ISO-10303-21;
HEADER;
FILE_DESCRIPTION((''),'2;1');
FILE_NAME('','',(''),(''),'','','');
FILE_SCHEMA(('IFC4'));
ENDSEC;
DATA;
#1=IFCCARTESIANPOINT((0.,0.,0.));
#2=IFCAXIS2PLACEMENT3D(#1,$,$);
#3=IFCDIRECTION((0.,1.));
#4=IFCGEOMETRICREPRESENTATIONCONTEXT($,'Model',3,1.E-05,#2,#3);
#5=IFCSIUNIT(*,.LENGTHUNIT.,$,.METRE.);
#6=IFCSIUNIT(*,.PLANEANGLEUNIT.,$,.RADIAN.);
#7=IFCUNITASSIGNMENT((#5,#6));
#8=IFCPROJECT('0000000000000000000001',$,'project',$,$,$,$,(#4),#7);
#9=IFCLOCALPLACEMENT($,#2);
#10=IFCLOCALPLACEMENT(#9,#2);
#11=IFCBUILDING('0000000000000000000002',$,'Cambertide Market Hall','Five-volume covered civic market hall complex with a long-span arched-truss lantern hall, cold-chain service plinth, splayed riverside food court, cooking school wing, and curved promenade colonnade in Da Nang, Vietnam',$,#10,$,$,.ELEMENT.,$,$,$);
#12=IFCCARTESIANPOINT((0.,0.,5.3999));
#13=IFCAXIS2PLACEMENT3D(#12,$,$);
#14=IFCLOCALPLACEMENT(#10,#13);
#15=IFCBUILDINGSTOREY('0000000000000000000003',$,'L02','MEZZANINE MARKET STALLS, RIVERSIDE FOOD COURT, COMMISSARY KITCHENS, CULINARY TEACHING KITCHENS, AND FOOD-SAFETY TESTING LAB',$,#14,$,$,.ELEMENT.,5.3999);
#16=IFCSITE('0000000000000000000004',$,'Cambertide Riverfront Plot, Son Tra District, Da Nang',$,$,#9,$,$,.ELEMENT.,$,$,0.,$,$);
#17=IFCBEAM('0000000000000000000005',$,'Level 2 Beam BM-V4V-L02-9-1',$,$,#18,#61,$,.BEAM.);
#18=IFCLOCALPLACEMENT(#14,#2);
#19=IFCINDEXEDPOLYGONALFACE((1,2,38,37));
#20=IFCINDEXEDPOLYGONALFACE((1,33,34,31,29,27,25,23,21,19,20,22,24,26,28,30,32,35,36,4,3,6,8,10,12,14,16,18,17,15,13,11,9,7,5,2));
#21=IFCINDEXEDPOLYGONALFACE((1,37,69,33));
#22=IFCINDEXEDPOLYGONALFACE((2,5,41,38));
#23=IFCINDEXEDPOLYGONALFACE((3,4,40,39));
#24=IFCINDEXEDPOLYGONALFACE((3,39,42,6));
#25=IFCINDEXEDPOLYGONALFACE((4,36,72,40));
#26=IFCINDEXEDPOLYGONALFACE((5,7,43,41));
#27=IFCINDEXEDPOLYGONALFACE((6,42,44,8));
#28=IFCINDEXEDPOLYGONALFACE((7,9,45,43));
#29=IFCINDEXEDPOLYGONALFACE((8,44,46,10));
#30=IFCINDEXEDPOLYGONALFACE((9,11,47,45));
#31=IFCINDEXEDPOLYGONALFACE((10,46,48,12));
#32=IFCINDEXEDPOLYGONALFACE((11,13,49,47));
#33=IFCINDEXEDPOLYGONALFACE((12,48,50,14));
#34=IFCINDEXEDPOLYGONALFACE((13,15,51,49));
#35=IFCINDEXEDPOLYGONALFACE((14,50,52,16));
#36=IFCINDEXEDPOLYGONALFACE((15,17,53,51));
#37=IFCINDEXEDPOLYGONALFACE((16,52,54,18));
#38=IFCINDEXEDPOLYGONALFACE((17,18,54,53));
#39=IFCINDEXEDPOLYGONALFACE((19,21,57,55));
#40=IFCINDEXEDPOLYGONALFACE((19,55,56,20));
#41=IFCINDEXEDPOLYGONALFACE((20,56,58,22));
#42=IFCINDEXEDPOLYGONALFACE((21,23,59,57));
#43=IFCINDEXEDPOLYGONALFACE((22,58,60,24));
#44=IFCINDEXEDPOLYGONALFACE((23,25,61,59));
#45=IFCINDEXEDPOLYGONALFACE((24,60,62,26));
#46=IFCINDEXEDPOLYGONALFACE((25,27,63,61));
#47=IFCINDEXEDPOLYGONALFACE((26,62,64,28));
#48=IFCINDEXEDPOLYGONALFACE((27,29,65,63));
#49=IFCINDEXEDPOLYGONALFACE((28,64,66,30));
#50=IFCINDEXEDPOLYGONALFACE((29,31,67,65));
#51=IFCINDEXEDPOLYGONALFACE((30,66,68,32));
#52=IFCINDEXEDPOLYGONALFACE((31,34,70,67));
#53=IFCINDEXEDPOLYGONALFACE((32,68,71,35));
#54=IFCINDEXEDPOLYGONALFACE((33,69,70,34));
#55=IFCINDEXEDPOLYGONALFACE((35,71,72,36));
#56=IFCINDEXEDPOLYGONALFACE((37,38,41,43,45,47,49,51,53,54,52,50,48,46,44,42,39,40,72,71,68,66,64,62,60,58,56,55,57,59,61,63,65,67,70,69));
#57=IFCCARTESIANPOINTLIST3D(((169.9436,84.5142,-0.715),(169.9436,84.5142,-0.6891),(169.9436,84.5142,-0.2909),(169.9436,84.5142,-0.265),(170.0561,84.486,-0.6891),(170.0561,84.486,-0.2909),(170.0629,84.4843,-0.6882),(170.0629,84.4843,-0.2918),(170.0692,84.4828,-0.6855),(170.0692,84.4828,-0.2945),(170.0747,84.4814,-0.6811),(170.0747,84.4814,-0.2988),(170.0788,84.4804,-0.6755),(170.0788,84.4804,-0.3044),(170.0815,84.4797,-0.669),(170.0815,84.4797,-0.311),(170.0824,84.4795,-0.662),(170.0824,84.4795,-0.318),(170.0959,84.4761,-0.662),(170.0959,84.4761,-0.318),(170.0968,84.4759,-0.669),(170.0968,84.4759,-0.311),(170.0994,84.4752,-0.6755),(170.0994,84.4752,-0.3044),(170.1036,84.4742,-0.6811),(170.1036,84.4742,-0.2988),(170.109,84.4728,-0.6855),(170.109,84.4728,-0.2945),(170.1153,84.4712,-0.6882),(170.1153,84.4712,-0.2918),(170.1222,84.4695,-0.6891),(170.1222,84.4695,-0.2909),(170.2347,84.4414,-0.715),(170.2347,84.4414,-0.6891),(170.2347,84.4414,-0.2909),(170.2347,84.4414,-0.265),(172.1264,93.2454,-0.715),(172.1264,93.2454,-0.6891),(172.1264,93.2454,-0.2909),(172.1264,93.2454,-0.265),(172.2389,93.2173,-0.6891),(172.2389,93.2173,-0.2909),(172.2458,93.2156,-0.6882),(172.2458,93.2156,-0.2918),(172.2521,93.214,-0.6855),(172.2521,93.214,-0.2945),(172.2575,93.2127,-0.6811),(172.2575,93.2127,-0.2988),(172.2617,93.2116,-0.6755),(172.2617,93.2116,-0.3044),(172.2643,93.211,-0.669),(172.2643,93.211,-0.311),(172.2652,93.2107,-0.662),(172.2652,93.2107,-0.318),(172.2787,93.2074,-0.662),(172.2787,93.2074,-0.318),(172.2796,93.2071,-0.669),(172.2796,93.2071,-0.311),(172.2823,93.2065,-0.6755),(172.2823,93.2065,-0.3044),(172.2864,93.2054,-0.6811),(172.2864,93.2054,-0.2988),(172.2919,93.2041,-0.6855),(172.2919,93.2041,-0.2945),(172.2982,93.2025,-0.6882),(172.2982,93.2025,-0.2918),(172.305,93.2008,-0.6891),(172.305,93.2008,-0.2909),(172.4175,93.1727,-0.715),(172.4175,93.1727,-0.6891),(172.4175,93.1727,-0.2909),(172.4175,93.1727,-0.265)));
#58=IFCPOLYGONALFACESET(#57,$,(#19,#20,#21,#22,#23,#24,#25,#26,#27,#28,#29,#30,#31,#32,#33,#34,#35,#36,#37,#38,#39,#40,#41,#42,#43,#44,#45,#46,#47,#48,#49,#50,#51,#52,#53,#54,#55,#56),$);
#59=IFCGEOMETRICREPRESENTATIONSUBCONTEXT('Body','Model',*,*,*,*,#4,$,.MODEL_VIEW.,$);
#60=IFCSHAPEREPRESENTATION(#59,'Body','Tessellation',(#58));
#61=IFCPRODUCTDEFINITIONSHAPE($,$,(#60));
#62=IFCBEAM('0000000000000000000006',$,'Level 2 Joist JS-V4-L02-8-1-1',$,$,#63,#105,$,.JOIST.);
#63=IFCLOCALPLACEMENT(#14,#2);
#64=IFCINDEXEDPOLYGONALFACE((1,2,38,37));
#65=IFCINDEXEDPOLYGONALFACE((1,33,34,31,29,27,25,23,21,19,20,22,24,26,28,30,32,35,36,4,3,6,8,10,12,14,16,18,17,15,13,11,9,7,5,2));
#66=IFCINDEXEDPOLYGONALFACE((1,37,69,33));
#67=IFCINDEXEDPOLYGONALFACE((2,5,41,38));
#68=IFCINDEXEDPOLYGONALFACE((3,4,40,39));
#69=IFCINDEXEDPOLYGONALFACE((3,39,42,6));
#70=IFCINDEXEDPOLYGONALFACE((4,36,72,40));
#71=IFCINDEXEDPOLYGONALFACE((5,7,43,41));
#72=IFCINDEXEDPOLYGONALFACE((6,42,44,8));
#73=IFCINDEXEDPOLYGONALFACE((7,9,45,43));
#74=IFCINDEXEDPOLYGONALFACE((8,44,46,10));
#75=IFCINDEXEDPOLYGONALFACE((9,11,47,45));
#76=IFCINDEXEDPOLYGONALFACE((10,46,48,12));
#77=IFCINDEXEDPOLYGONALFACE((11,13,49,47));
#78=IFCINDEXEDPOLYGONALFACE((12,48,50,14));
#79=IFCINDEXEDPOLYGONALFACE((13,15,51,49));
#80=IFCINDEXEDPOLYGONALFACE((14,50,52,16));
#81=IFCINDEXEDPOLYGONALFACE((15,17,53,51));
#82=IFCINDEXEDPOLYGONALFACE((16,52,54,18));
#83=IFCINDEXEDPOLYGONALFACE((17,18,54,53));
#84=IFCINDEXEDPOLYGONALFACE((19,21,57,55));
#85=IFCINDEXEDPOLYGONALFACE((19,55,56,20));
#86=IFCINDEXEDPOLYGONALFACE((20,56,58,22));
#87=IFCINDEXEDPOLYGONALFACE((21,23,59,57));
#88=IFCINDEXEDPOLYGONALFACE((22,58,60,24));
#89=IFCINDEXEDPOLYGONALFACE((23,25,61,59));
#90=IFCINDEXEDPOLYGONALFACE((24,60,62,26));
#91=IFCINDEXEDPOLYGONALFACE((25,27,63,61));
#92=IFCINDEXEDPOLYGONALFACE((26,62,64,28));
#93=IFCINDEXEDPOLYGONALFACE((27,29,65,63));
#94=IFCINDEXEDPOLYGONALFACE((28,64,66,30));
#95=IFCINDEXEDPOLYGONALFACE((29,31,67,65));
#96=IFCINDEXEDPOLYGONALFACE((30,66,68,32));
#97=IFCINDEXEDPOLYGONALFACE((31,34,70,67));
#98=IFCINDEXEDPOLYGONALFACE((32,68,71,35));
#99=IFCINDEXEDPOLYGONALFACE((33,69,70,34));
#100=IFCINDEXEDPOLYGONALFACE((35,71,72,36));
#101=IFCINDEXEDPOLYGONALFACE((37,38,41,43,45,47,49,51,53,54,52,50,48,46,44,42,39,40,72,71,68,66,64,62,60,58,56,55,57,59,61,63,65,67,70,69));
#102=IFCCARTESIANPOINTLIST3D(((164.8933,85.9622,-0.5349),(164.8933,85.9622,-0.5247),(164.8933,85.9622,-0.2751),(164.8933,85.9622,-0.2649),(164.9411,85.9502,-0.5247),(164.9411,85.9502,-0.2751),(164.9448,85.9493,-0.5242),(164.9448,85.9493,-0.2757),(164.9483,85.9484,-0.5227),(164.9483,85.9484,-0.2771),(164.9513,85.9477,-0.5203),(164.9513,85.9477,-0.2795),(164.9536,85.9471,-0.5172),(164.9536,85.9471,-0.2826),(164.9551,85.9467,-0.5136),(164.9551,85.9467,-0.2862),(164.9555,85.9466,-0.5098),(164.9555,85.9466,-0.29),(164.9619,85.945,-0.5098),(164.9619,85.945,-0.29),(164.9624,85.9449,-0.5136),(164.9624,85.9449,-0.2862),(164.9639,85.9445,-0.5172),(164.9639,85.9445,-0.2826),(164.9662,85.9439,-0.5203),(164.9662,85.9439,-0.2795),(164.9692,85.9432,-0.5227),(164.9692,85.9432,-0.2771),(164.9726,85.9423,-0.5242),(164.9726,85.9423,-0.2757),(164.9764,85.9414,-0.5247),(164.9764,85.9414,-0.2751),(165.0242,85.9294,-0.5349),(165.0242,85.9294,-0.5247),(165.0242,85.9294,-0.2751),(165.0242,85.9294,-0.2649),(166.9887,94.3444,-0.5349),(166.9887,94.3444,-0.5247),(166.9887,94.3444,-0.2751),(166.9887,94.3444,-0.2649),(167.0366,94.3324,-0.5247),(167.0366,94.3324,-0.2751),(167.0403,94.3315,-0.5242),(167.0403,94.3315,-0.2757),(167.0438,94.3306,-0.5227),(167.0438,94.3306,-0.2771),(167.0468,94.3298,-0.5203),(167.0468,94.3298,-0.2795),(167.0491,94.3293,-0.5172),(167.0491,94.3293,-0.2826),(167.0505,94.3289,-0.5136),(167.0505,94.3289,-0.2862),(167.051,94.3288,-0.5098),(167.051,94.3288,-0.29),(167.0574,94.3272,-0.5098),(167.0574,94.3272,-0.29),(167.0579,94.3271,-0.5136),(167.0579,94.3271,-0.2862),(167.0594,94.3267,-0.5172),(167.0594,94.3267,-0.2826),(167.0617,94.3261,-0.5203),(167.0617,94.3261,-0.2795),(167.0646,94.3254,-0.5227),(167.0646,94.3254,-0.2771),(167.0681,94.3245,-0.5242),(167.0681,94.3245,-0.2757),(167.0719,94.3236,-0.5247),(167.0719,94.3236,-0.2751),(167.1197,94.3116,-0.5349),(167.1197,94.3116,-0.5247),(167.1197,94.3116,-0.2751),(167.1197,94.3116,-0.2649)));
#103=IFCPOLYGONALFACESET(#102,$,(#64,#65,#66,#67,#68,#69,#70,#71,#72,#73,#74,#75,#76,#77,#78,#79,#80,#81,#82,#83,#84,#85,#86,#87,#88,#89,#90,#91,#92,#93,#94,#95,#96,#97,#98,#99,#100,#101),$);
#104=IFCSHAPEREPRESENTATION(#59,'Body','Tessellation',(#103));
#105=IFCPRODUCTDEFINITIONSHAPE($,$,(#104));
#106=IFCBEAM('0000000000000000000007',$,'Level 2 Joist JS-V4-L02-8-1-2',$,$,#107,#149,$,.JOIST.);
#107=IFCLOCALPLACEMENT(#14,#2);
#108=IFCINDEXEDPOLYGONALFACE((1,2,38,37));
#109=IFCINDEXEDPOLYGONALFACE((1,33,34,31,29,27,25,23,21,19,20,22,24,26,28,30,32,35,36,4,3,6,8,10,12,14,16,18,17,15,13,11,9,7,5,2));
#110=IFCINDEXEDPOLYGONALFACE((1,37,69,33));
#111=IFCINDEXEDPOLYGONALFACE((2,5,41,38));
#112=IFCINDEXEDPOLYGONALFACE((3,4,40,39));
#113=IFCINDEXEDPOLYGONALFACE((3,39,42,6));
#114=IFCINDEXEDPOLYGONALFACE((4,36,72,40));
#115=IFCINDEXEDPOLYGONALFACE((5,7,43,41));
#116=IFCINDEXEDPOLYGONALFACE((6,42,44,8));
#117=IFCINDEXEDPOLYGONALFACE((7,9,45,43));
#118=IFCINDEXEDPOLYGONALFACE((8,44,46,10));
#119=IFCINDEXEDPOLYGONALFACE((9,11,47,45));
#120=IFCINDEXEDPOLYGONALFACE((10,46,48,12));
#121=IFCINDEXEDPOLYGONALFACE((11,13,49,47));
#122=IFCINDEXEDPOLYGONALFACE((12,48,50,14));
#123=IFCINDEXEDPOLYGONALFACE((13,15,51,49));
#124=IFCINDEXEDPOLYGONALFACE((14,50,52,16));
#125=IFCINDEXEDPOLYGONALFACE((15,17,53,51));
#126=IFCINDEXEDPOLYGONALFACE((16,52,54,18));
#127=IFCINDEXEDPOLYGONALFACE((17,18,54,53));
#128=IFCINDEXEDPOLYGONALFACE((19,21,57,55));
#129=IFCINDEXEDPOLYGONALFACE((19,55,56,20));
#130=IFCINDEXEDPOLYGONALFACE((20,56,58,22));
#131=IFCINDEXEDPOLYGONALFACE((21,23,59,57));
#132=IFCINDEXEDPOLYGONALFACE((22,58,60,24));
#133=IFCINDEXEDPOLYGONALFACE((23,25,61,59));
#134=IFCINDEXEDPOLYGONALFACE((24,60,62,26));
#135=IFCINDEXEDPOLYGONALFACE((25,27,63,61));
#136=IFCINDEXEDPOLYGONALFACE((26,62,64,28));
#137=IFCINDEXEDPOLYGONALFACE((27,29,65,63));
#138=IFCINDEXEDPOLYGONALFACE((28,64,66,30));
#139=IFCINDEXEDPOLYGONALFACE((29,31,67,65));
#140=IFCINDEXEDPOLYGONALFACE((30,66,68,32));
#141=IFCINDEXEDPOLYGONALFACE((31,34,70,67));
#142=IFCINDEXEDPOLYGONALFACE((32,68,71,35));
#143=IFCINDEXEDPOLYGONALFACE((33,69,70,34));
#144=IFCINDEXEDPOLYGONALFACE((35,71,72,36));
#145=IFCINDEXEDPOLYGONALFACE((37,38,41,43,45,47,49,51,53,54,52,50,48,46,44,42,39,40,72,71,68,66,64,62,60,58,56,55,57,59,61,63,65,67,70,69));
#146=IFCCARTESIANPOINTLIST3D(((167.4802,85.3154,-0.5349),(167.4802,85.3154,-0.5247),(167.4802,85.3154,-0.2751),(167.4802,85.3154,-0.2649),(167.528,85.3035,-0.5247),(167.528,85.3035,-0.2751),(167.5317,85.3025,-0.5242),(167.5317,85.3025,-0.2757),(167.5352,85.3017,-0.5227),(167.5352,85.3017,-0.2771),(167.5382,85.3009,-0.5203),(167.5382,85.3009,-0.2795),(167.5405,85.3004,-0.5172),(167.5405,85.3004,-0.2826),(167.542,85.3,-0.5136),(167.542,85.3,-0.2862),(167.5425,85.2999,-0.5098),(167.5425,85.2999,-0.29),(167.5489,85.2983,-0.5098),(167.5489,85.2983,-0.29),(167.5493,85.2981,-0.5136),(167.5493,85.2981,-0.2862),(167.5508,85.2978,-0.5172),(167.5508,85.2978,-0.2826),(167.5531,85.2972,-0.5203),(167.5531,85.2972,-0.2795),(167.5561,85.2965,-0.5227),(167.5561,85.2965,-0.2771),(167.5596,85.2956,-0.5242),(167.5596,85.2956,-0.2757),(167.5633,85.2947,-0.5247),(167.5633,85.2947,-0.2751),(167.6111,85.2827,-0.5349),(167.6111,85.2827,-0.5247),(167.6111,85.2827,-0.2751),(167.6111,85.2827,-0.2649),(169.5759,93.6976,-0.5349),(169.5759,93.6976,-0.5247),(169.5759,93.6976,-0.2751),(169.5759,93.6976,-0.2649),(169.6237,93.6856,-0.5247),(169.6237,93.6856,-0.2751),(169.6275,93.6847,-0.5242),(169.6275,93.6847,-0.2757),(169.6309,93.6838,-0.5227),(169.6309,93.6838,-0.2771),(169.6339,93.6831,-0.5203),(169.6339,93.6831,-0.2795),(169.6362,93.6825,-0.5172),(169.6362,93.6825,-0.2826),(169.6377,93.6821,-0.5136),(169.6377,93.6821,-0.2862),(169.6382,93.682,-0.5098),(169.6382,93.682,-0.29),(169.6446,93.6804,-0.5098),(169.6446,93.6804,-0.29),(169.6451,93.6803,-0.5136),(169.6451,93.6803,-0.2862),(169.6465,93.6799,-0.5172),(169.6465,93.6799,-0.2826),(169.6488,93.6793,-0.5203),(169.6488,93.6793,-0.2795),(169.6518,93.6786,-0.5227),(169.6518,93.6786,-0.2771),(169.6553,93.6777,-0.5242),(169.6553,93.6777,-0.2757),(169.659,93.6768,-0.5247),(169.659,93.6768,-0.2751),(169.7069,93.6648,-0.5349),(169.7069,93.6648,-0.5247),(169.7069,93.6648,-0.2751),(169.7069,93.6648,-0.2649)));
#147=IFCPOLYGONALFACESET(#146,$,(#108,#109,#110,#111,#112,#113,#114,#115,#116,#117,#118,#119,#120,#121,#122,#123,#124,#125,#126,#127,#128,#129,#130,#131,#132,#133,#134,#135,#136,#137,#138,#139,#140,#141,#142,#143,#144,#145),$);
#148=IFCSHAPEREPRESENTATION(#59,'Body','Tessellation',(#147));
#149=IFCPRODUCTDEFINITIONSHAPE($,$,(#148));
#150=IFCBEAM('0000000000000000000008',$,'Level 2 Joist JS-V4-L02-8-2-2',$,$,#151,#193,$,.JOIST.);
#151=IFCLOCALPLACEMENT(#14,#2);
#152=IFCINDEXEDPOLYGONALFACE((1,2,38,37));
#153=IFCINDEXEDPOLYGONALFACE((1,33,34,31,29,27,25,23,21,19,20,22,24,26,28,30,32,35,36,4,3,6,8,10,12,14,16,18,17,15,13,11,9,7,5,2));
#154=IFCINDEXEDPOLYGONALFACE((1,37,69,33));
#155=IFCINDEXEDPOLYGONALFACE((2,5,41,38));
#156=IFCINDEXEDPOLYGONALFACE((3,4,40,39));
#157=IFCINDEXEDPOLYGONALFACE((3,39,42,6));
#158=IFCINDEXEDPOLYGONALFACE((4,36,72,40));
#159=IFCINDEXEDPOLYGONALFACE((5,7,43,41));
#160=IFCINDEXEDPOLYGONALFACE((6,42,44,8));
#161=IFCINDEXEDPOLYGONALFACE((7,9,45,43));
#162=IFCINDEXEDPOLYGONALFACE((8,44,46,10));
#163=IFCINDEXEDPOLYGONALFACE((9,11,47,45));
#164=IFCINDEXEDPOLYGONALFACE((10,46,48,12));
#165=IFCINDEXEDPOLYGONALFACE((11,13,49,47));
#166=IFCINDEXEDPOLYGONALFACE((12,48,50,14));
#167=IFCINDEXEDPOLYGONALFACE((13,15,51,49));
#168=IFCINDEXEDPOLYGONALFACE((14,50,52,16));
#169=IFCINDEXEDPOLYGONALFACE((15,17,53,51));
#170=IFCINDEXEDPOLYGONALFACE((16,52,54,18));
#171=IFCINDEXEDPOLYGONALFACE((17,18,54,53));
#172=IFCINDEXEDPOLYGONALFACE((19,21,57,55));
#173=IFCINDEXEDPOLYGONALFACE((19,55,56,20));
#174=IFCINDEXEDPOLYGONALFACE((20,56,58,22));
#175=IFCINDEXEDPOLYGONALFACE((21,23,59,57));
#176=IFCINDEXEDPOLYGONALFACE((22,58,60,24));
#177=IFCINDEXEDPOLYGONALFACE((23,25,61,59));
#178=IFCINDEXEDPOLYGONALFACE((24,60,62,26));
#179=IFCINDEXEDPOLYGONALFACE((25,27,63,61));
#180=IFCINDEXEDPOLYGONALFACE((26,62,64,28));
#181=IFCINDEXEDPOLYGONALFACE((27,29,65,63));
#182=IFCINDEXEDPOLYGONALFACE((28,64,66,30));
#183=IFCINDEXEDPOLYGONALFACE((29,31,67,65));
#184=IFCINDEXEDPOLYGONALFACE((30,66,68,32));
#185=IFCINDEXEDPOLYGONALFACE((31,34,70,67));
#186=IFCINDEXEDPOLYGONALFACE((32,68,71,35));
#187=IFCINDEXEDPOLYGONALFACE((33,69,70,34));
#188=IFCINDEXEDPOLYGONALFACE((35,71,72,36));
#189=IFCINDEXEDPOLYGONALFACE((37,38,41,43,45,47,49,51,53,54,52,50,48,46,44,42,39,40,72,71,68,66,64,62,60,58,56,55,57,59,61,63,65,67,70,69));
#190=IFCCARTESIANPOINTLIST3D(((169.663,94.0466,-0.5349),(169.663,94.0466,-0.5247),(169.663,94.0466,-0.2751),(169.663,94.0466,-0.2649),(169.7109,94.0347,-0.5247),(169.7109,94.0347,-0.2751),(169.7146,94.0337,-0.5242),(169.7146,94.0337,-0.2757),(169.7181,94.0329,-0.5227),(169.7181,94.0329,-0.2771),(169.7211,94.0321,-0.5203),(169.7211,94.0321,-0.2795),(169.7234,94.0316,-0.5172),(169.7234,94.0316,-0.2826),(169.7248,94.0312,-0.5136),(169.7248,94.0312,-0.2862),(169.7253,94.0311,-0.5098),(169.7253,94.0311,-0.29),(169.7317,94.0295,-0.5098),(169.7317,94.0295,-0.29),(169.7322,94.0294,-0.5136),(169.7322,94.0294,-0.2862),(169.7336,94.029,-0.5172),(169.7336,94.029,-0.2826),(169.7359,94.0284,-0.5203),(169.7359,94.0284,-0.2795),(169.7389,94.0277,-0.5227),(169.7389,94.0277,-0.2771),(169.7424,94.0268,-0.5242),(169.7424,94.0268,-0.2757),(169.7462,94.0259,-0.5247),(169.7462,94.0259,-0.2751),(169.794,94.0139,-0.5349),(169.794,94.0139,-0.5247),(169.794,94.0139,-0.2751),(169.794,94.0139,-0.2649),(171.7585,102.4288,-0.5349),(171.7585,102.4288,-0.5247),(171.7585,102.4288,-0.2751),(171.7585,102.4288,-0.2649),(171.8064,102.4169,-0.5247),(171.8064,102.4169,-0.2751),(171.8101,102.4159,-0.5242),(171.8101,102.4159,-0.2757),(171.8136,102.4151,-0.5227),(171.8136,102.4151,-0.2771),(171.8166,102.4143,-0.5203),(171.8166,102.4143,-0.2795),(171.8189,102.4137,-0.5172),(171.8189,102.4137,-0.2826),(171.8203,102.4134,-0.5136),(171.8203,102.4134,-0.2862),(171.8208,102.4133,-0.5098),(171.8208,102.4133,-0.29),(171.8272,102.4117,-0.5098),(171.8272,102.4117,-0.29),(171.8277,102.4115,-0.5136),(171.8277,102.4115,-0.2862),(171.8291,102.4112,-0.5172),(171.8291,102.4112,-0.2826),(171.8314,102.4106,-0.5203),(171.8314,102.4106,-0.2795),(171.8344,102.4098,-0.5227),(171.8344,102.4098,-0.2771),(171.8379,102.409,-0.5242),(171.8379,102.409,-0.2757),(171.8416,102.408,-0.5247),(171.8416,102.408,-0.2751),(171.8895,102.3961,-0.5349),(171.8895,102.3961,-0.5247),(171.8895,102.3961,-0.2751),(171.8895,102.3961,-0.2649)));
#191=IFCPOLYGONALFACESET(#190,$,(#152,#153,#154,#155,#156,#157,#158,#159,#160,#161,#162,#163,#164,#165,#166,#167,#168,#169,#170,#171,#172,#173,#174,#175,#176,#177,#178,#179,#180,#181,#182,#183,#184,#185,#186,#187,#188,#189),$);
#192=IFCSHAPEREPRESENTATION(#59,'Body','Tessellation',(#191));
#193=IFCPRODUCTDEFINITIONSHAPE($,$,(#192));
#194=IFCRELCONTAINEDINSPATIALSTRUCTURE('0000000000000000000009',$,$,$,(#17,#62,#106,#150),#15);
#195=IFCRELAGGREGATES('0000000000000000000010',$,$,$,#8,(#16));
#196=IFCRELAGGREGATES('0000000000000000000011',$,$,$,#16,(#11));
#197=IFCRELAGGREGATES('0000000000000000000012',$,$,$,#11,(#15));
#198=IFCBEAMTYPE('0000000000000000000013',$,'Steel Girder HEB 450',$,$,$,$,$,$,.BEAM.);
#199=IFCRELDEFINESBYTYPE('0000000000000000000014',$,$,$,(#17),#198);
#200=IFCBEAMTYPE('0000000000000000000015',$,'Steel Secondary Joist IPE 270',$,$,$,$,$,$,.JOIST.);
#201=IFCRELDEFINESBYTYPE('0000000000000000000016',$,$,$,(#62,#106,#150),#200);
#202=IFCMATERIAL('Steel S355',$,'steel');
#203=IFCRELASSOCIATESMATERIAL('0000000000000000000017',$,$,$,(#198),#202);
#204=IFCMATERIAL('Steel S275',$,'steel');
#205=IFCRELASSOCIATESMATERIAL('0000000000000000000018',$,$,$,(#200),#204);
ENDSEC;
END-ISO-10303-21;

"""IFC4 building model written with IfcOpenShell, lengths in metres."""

from ifc_helpers import new_model, si_unit, direction, frame, origin, origin_2d, place, context, subcontext, project, spatial, i_section, extrude, material, material_profile, profile_set, type_object, element, save


model = new_model("IFC4")

# Units and contexts
model_context = context("Model", 3, precision=1e-05, world=origin(), true_north=direction((0.0, 1.0)))
body_context = subcontext(model_context, "Body", "Model", "MODEL_VIEW")
ifc_project = project(units=[si_unit("LENGTHUNIT", "METRE"), si_unit("PLANEANGLEUNIT", "RADIAN")], contexts=[model_context])

# Site, building, storey
site_placement = place(None, origin())
site = spatial("IfcSite", under=ifc_project, at=site_placement, Name="Cambertide Riverfront Plot, Son Tra District, Da Nang", CompositionType="ELEMENT", RefElevation=0.0)
building_placement = place(site_placement, origin())
building = spatial("IfcBuilding", under=site, at=building_placement, Name="Cambertide Market Hall", Description="Five-volume covered civic market hall complex with a long-span arched-truss lantern hall, cold-chain service plinth, splayed riverside food court, cooking school wing, and curved promenade colonnade in Da Nang, Vietnam", CompositionType="ELEMENT")
storey_placement = place(building_placement, frame((0.0, 0.0, 5.3999)))
storey = spatial("IfcBuildingStorey", under=building, at=storey_placement, Name="L02", Description="MEZZANINE MARKET STALLS, RIVERSIDE FOOD COURT, COMMISSARY KITCHENS, CULINARY TEACHING KITCHENS, AND FOOD-SAFETY TESTING LAB", CompositionType="ELEMENT", Elevation=5.3999)

# Beams
ifc_material_1 = material(Name="Steel S355", Category="steel")
ifc_material_profile_1 = material_profile(ifc_material_1, i_section(OverallWidth=0.3, OverallDepth=0.45, WebThickness=0.0139, FlangeThickness=0.0259, FilletRadius=0.0271, at=origin_2d()), Name="HEB 450")
ifc_profile_set_1 = profile_set([ifc_material_profile_1], Name="Steel S355")
beam_type_1 = type_object("IfcBeamType", Name="Steel Girder HEB 450", PredefinedType="BEAM", material=ifc_profile_set_1)
for number, where, z_axis, x_axis, name in (
    (1, (170.0891, 84.4778, -0.49), (0.242542, 0.970141, 0.0), (-0.970141, 0.242542, 0.0), "Level 2 Beam BM-V4V-L02-9-1"),
):
    element("IfcBeam", number, at=place(storey_placement, frame(where, z_axis=z_axis, x_axis=x_axis)), inside=storey, type_object=beam_type_1, Name=name, PredefinedType="BEAM", context=body_context, shape_type="SweptSolid", body=[
        extrude(i_section(OverallWidth=0.3, OverallDepth=0.45, WebThickness=0.0139, FlangeThickness=0.0259, FilletRadius=0.0271, at=origin_2d()), origin(), (0.0, 0.0, 1.0), 9.0),
    ])
ifc_material_2 = material(Name="Steel S275", Category="steel")
ifc_material_profile_2 = material_profile(ifc_material_2, i_section(OverallWidth=0.135, OverallDepth=0.27, WebThickness=0.0066, FlangeThickness=0.0103, FilletRadius=0.0149, at=origin_2d()), Name="IPE 270")
ifc_profile_set_2 = profile_set([ifc_material_profile_2], Name="Steel S275")
beam_type_2 = type_object("IfcBeamType", Name="Steel Secondary Joist IPE 270", PredefinedType="JOIST", material=ifc_profile_set_2)
for number, where, z_axis, x_axis, name in (
    (2, (164.9587, 85.9458, -0.3999), (0.242529, 0.970144, 0.0), (-0.970144, 0.242529, 0.0), "Level 2 Joist JS-V4-L02-8-1-1"),
    (3, (167.5457, 85.2991, -0.3999), (0.242556, 0.970138, 0.0), (-0.970138, 0.242556, 0.0), "Level 2 Joist JS-V4-L02-8-1-2"),
    (4, (169.7285, 94.0303, -0.3999), (0.242529, 0.970144, 0.0), (-0.970144, 0.242529, 0.0), "Level 2 Joist JS-V4-L02-8-2-2"),
):
    element("IfcBeam", number, at=place(storey_placement, frame(where, z_axis=z_axis, x_axis=x_axis)), inside=storey, type_object=beam_type_2, Name=name, PredefinedType="JOIST", context=body_context, shape_type="SweptSolid", body=[
        extrude(i_section(OverallWidth=0.135, OverallDepth=0.27, WebThickness=0.0066, FlangeThickness=0.0103, FilletRadius=0.0149, at=origin_2d()), origin(), (0.0, 0.0, 1.0), 8.6401),
    ])

save(model, "model.ifc")
